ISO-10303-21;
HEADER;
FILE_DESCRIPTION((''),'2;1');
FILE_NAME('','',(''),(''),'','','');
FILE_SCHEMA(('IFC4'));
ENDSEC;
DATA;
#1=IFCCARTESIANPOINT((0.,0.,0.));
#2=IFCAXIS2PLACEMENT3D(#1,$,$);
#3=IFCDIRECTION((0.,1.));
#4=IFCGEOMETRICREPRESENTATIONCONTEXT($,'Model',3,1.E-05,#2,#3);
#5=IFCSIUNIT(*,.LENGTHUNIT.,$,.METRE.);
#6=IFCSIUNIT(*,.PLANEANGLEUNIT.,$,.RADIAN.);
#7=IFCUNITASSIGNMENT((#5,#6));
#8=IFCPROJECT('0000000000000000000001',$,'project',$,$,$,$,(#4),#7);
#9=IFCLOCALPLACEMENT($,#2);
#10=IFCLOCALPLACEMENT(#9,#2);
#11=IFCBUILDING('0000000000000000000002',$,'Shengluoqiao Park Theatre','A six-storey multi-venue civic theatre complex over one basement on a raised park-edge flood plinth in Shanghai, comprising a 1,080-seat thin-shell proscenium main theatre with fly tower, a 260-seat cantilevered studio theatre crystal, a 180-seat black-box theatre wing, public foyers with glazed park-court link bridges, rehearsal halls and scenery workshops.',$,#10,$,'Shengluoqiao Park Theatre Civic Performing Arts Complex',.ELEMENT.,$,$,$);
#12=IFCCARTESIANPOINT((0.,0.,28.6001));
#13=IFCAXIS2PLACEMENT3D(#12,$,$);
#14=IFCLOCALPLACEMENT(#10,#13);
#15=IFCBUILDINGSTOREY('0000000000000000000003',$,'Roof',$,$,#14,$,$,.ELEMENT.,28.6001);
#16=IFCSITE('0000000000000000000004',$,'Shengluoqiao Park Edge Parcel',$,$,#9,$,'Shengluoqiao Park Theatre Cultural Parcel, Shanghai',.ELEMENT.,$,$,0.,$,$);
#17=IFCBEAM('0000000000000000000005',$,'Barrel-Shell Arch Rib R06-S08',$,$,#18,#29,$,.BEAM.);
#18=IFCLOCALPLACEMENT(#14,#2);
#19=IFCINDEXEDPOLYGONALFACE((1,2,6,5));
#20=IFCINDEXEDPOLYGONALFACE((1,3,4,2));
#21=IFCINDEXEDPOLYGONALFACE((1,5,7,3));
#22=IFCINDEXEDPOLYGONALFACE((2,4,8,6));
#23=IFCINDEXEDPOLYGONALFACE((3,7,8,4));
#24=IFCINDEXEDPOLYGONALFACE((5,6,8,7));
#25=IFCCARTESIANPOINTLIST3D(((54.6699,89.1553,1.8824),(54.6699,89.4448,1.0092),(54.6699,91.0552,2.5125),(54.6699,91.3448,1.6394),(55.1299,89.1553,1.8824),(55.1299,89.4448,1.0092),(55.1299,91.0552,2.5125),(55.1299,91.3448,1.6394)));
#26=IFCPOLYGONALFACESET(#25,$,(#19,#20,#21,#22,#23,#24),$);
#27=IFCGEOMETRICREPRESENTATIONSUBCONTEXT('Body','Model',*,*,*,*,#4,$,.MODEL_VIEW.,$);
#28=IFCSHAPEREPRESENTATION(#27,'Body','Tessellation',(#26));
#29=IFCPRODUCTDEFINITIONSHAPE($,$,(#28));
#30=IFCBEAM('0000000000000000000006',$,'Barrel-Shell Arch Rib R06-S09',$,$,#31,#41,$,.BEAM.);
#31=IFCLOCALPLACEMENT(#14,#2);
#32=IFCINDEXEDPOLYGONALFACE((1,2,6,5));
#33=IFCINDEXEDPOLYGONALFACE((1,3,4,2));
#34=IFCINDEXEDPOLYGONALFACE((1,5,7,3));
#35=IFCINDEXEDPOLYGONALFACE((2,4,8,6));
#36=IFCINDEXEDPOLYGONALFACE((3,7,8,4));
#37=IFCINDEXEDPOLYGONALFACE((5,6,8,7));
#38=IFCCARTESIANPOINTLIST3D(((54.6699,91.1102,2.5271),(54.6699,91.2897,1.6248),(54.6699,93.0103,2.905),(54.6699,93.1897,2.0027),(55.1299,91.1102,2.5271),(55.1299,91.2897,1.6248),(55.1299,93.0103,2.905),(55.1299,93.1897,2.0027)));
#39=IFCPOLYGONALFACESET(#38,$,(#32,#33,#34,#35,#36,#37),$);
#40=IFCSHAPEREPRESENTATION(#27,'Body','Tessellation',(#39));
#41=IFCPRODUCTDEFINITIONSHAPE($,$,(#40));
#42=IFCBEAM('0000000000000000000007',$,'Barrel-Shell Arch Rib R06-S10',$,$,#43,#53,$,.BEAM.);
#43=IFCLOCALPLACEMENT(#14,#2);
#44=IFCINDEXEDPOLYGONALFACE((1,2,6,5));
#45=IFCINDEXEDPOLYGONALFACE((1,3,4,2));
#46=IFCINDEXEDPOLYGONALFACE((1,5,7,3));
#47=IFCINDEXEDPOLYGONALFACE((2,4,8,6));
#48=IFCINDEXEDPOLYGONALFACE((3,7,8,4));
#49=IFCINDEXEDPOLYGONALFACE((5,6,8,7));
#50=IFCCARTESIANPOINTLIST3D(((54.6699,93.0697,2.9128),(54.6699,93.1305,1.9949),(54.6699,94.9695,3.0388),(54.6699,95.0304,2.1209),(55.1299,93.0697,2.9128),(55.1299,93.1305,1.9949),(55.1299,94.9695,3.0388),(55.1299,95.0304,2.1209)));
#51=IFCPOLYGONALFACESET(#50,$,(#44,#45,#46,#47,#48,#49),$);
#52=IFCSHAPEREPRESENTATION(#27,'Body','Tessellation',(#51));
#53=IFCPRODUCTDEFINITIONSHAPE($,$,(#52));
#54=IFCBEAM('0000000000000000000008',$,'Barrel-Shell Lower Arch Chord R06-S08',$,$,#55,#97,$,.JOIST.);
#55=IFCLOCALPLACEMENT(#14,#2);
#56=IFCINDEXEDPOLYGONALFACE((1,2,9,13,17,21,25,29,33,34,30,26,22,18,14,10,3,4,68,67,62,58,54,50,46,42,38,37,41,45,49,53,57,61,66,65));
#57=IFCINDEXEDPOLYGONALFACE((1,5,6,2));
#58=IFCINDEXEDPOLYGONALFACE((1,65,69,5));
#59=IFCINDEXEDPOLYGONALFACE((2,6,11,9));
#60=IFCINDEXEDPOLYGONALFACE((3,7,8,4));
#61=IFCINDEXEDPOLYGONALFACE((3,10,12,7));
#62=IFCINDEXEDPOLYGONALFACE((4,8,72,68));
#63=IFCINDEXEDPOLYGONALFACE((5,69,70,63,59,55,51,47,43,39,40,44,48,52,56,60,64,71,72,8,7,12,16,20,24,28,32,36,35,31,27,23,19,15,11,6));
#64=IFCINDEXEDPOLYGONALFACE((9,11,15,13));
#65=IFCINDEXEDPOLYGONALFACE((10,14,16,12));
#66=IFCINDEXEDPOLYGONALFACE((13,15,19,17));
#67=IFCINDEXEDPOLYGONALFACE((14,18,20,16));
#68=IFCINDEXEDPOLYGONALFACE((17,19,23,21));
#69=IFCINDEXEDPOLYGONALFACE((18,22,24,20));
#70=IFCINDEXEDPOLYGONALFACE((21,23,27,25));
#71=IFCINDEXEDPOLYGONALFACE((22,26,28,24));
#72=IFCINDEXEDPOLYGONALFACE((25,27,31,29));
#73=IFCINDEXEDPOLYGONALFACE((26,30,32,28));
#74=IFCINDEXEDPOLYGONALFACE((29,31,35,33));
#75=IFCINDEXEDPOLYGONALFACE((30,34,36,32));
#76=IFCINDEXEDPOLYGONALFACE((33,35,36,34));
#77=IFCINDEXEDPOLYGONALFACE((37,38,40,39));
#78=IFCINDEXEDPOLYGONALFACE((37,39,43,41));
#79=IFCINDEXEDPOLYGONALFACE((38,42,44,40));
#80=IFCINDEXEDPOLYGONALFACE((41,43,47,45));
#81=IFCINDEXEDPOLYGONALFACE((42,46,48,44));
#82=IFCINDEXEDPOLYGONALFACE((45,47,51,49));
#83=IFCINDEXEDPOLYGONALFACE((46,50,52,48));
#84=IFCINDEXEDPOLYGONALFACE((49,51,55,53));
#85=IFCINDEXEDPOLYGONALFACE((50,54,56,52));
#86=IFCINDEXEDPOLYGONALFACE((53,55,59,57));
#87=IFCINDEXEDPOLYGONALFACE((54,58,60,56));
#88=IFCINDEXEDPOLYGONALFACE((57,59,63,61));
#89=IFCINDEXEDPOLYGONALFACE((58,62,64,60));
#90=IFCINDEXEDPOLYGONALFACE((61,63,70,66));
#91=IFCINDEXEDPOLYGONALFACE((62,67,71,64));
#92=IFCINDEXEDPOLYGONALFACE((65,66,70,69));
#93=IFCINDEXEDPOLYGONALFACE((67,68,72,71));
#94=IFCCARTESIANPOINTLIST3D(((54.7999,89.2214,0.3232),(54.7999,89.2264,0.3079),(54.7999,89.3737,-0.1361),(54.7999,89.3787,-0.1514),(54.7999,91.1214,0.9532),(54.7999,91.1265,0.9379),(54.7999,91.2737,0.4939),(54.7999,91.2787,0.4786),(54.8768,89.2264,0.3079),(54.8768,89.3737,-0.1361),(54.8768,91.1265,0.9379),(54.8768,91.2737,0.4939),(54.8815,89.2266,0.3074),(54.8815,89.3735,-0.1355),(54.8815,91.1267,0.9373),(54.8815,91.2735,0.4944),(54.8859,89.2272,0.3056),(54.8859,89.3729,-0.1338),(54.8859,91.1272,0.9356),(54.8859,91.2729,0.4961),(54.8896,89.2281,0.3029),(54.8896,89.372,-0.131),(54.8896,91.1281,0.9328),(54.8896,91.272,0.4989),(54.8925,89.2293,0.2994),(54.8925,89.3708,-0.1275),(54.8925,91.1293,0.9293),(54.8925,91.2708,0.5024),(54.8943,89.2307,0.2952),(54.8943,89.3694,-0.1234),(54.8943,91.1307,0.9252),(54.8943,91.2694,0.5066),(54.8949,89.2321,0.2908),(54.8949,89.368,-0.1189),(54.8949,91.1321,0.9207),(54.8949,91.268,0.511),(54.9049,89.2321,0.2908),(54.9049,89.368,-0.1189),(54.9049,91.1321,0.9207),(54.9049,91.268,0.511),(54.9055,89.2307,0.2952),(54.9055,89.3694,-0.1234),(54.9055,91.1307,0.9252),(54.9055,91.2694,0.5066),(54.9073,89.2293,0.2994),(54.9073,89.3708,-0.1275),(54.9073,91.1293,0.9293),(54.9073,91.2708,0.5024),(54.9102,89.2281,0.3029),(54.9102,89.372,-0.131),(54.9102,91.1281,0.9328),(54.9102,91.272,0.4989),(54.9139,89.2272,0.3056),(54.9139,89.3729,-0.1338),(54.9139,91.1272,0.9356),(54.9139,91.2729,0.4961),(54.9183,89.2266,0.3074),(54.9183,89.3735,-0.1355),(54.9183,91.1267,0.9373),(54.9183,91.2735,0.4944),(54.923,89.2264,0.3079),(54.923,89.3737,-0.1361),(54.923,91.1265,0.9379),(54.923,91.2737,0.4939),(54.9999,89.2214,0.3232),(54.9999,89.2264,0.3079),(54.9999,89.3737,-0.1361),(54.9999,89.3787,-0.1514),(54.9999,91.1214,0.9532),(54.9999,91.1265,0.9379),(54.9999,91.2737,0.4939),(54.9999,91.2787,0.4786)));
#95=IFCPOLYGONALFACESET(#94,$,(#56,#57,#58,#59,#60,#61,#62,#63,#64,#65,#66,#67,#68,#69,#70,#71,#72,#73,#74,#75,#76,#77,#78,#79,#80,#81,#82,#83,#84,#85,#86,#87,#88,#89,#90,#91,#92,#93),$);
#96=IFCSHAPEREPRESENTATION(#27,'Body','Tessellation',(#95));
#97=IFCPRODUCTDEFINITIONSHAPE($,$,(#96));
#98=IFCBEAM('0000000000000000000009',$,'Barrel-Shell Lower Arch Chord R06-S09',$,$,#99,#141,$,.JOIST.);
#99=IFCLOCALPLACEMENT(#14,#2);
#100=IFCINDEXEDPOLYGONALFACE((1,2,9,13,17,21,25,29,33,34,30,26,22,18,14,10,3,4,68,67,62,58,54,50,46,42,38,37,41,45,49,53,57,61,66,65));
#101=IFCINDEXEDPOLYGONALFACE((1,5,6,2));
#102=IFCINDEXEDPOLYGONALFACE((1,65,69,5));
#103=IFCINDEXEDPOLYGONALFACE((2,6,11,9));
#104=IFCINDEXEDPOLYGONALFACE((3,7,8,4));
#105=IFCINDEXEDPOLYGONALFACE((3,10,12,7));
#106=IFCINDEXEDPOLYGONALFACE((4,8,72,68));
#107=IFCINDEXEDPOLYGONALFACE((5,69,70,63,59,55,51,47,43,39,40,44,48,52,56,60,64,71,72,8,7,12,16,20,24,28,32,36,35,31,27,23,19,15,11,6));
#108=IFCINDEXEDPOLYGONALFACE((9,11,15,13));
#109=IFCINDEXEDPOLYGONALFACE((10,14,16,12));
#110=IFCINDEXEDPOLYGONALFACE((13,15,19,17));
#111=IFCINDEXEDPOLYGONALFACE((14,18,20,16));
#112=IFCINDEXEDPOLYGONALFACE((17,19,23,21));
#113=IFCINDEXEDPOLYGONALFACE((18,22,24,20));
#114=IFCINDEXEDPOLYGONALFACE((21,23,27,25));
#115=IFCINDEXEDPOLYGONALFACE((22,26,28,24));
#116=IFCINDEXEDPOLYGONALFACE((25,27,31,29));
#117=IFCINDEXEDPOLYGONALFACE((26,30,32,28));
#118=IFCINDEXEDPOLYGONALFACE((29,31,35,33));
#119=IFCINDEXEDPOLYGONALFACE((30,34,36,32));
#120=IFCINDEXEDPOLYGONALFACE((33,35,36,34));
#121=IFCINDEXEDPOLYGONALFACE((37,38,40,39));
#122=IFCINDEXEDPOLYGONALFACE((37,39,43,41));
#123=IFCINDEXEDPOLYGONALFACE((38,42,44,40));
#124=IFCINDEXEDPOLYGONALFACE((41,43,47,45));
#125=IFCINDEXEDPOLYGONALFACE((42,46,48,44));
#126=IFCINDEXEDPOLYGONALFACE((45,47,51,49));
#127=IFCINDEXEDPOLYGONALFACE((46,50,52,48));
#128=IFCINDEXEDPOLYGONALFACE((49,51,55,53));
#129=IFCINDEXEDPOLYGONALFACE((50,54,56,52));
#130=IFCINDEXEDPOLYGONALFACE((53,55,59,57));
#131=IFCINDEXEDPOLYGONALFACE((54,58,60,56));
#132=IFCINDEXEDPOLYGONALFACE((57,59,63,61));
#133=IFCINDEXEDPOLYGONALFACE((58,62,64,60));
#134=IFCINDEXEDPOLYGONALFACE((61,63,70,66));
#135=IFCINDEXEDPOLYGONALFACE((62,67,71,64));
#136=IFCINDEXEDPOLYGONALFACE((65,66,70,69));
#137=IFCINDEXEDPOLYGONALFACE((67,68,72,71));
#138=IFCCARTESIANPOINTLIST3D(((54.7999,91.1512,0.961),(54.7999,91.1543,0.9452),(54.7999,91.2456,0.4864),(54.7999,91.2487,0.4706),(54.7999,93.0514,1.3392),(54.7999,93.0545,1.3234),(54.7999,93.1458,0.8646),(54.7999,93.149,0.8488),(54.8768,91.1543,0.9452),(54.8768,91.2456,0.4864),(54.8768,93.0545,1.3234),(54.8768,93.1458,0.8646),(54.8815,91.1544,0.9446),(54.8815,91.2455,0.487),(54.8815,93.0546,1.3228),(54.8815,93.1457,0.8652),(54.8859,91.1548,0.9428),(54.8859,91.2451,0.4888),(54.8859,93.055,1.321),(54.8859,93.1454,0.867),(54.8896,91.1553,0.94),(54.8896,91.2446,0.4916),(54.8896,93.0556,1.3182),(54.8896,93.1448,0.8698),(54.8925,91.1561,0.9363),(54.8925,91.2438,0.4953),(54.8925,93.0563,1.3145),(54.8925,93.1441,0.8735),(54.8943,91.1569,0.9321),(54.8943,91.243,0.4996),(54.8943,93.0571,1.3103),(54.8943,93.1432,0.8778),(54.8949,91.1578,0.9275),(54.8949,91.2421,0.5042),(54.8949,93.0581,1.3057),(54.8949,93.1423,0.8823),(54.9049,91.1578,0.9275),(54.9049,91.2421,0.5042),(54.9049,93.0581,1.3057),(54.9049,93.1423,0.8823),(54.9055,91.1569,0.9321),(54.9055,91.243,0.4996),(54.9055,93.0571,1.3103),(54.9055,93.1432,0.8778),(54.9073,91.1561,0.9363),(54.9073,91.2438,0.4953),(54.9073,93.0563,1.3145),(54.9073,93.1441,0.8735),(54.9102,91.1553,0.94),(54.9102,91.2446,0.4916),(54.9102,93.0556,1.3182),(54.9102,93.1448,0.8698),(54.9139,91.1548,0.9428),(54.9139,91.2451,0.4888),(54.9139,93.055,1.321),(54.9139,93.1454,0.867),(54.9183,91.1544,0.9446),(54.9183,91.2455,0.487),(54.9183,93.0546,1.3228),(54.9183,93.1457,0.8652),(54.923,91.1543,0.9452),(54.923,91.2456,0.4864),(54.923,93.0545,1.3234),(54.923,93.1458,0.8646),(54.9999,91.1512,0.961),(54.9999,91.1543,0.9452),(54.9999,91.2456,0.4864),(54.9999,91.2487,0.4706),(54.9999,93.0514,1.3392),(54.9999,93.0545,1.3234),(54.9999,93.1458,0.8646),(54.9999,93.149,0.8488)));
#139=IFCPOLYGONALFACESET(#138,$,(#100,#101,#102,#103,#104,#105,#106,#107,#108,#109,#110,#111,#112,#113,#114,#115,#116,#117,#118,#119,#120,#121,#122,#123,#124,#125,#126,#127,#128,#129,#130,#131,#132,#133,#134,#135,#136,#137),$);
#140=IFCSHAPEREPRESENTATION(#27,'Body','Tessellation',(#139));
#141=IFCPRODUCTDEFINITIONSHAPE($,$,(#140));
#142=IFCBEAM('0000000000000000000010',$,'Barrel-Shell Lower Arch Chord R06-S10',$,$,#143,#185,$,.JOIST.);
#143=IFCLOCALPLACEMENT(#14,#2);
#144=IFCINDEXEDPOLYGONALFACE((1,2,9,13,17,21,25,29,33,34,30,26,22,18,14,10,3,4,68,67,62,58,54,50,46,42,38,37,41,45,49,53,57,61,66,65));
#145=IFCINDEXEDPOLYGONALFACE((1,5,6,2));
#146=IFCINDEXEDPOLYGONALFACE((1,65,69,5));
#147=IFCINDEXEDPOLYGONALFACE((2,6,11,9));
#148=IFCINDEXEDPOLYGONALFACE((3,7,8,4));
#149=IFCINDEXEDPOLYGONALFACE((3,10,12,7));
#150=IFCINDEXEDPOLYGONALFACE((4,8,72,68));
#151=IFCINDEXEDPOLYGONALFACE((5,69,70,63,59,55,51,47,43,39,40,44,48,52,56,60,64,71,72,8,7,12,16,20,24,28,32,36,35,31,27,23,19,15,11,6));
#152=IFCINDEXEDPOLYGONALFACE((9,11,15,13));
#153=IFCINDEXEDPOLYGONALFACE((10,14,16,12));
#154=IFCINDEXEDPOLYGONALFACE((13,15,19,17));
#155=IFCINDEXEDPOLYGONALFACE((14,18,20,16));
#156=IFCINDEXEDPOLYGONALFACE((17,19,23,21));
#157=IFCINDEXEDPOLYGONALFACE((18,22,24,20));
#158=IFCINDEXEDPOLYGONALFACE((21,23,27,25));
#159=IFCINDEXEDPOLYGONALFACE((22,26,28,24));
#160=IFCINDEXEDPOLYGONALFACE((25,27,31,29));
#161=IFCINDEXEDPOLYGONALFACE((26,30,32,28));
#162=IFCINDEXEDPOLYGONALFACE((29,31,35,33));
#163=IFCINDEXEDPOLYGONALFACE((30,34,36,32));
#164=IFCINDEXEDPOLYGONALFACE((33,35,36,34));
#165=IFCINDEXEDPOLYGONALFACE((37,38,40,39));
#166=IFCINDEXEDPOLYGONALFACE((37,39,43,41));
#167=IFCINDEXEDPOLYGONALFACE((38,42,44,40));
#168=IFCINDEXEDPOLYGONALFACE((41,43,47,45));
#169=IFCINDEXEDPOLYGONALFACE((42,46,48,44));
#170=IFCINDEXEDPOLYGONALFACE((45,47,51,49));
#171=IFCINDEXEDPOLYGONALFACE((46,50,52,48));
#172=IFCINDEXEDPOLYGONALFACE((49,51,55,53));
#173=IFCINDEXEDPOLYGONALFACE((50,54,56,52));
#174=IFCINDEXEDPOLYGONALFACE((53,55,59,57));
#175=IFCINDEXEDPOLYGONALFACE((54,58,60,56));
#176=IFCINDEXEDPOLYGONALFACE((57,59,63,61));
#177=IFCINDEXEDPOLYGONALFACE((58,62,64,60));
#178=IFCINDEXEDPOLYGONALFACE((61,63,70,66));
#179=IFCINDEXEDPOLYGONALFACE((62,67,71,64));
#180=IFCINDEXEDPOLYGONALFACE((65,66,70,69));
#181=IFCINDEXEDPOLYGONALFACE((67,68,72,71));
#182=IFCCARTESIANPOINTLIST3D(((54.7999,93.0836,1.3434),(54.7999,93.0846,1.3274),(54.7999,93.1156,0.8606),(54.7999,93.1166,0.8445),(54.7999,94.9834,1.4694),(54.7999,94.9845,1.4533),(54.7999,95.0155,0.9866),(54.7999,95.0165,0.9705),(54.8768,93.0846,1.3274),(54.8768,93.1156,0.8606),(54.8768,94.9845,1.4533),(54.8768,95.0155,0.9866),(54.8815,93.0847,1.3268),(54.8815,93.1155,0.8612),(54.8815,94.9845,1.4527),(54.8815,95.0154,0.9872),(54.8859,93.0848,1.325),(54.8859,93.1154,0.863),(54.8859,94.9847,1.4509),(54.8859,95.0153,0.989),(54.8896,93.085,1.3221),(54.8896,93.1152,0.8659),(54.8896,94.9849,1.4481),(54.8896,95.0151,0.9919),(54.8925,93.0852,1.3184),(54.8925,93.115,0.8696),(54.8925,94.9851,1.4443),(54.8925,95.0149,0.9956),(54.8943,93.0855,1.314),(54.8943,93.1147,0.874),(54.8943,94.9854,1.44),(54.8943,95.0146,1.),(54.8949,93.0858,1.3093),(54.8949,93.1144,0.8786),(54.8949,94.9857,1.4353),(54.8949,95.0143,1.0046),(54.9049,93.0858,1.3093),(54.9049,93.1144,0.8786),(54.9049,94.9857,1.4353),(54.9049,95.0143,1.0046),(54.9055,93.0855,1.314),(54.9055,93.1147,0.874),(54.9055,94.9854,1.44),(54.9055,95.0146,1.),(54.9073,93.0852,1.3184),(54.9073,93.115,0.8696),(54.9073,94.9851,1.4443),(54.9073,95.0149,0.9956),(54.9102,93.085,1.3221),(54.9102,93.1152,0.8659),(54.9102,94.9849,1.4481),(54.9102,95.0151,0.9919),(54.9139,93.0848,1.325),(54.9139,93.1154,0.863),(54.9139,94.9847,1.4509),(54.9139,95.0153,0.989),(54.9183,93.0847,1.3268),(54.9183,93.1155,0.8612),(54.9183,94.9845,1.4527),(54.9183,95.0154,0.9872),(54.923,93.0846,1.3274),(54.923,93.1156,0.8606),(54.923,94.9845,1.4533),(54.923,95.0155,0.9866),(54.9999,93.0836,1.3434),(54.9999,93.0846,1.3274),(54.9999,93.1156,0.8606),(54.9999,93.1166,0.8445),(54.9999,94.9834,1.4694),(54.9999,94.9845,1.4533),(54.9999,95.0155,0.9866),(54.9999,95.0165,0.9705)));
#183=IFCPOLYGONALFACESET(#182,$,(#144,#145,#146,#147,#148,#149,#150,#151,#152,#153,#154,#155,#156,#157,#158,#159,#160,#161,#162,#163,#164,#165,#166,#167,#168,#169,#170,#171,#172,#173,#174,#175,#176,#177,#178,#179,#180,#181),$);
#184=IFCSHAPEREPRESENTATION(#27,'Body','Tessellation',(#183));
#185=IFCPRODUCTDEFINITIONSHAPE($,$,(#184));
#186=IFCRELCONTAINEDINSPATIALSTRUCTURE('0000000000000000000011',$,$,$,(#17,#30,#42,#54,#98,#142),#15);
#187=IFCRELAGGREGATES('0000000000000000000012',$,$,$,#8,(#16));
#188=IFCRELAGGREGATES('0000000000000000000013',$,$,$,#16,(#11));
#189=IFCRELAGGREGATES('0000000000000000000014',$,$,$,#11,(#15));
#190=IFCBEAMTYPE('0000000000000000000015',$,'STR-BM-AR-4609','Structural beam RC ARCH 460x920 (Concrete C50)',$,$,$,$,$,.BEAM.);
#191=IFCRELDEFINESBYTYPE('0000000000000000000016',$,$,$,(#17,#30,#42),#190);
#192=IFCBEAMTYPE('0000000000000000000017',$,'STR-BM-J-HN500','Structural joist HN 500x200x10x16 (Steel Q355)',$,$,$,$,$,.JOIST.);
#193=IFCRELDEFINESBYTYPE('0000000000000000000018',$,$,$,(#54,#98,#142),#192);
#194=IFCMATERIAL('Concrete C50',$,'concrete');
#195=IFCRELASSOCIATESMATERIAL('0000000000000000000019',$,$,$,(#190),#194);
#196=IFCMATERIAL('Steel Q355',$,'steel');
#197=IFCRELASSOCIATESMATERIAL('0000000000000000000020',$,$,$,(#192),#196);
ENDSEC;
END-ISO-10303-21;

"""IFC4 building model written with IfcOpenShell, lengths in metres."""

from ifc_helpers import new_model, si_unit, direction, frame, origin, origin_2d, place, context, subcontext, project, spatial, rectangle, i_section, extrude, material, material_profile, profile_set, type_object, element, save


model = new_model("IFC4")

# Units and contexts
model_context = context("Model", 3, precision=1e-05, world=origin(), true_north=direction((0.0, 1.0)))
body_context = subcontext(model_context, "Body", "Model", "MODEL_VIEW")
ifc_project = project(units=[si_unit("LENGTHUNIT", "METRE"), si_unit("PLANEANGLEUNIT", "RADIAN")], contexts=[model_context])

# Site, building, storey
site_placement = place(None, origin())
site = spatial("IfcSite", under=ifc_project, at=site_placement, Name="Shengluoqiao Park Edge Parcel", LongName="Shengluoqiao Park Theatre Cultural Parcel, Shanghai", CompositionType="ELEMENT", RefElevation=0.0)
building_placement = place(site_placement, origin())
building = spatial("IfcBuilding", under=site, at=building_placement, Name="Shengluoqiao Park Theatre", Description="A six-storey multi-venue civic theatre complex over one basement on a raised park-edge flood plinth in Shanghai, comprising a 1,080-seat thin-shell proscenium main theatre with fly tower, a 260-seat cantilevered studio theatre crystal, a 180-seat black-box theatre wing, public foyers with glazed park-court link bridges, rehearsal halls and scenery workshops.", LongName="Shengluoqiao Park Theatre Civic Performing Arts Complex", CompositionType="ELEMENT")
storey_placement = place(building_placement, frame((0.0, 0.0, 28.6001)))
storey = spatial("IfcBuildingStorey", under=building, at=storey_placement, Name="Roof", CompositionType="ELEMENT", Elevation=28.6001)

# Beams
ifc_material_1 = material(Name="Concrete C50", Category="concrete")
ifc_material_profile_1 = material_profile(ifc_material_1, rectangle(XDim=0.46, YDim=0.9199, at=origin_2d()), Name="RC ARCH 460x920")
ifc_profile_set_1 = profile_set([ifc_material_profile_1], Name="Concrete C50")
beam_type_1 = type_object("IfcBeamType", Name="STR-BM-AR-4609", Description="Structural beam RC ARCH 460x920 (Concrete C50)", PredefinedType="BEAM", material=ifc_profile_set_1)
beam_1_placement = place(storey_placement, frame((54.8999, 89.3, 1.4458), z_axis=(0.0, 0.949158, 0.3148), x_axis=(-1.0, 0.0, 0.0)))
element("IfcBeam", 1, at=beam_1_placement, inside=storey, type_object=beam_type_1, Name="Barrel-Shell Arch Rib R06-S08", PredefinedType="BEAM", context=body_context, shape_type="SweptSolid", body=[
    extrude(rectangle(XDim=0.46, YDim=0.9199, at=origin_2d()), origin(), (0.0, 0.0, 1.0), 2.0017),
])
beam_2_placement = place(storey_placement, frame((54.8999, 91.2, 2.0759), z_axis=(0.0, 0.980789, 0.195074), x_axis=(-1.0, 0.0, 0.0)))
element("IfcBeam", 2, at=beam_2_placement, inside=storey, type_object=beam_type_1, Name="Barrel-Shell Arch Rib R06-S09", PredefinedType="BEAM", context=body_context, shape_type="SweptSolid", body=[
    extrude(rectangle(XDim=0.46, YDim=0.9199, at=origin_2d()), origin(), (0.0, 0.0, 1.0), 1.9373),
])
beam_3_placement = place(storey_placement, frame((54.8999, 93.1001, 2.4539), z_axis=(0.0, 0.997809, 0.066162), x_axis=(-1.0, 0.0, 0.0)))
element("IfcBeam", 3, at=beam_3_placement, inside=storey, type_object=beam_type_1, Name="Barrel-Shell Arch Rib R06-S10", PredefinedType="BEAM", context=body_context, shape_type="SweptSolid", body=[
    extrude(rectangle(XDim=0.46, YDim=0.9199, at=origin_2d()), origin(), (0.0, 0.0, 1.0), 1.9041),
])
ifc_material_2 = material(Name="Steel Q355", Category="steel")
ifc_material_profile_2 = material_profile(ifc_material_2, i_section(OverallWidth=0.2, OverallDepth=0.5, WebThickness=0.01, FlangeThickness=0.0161, FilletRadius=0.0181, at=origin_2d()), Name="HN 500x200x10x16")
ifc_profile_set_2 = profile_set([ifc_material_profile_2], Name="Steel Q355")
beam_type_2 = type_object("IfcBeamType", Name="STR-BM-J-HN500", Description="Structural joist HN 500x200x10x16 (Steel Q355)", PredefinedType="JOIST", material=ifc_profile_set_2)
beam_4_placement = place(storey_placement, frame((54.8999, 89.3, 0.0859), z_axis=(0.0, 0.949194, 0.31469), x_axis=(-1.0, 0.0, 0.0)))
element("IfcBeam", 4, at=beam_4_placement, inside=storey, type_object=beam_type_2, Name="Barrel-Shell Lower Arch Chord R06-S08", PredefinedType="JOIST", context=body_context, shape_type="SweptSolid", body=[
    extrude(i_section(OverallWidth=0.2, OverallDepth=0.5, WebThickness=0.01, FlangeThickness=0.0161, FilletRadius=0.0181, at=origin_2d()), origin(), (0.0, 0.0, 1.0), 2.0017),
])
beam_5_placement = place(storey_placement, frame((54.8999, 91.2, 0.7158), z_axis=(0.0, 0.980764, 0.195195), x_axis=(-1.0, 0.0, 0.0)))
element("IfcBeam", 5, at=beam_5_placement, inside=storey, type_object=beam_type_2, Name="Barrel-Shell Lower Arch Chord R06-S09", PredefinedType="JOIST", context=body_context, shape_type="SweptSolid", body=[
    extrude(i_section(OverallWidth=0.2, OverallDepth=0.5, WebThickness=0.01, FlangeThickness=0.0161, FilletRadius=0.0181, at=origin_2d()), origin(), (0.0, 0.0, 1.0), 1.9375),
])
beam_6_placement = place(storey_placement, frame((54.8999, 93.1001, 1.094), z_axis=(0.0, 0.997809, 0.066162), x_axis=(-1.0, 0.0, 0.0)))
element("IfcBeam", 6, at=beam_6_placement, inside=storey, type_object=beam_type_2, Name="Barrel-Shell Lower Arch Chord R06-S10", PredefinedType="JOIST", context=body_context, shape_type="SweptSolid", body=[
    extrude(i_section(OverallWidth=0.2, OverallDepth=0.5, WebThickness=0.01, FlangeThickness=0.0161, FilletRadius=0.0181, at=origin_2d()), origin(), (0.0, 0.0, 1.0), 1.9041),
])

save(model, "model.ifc")
